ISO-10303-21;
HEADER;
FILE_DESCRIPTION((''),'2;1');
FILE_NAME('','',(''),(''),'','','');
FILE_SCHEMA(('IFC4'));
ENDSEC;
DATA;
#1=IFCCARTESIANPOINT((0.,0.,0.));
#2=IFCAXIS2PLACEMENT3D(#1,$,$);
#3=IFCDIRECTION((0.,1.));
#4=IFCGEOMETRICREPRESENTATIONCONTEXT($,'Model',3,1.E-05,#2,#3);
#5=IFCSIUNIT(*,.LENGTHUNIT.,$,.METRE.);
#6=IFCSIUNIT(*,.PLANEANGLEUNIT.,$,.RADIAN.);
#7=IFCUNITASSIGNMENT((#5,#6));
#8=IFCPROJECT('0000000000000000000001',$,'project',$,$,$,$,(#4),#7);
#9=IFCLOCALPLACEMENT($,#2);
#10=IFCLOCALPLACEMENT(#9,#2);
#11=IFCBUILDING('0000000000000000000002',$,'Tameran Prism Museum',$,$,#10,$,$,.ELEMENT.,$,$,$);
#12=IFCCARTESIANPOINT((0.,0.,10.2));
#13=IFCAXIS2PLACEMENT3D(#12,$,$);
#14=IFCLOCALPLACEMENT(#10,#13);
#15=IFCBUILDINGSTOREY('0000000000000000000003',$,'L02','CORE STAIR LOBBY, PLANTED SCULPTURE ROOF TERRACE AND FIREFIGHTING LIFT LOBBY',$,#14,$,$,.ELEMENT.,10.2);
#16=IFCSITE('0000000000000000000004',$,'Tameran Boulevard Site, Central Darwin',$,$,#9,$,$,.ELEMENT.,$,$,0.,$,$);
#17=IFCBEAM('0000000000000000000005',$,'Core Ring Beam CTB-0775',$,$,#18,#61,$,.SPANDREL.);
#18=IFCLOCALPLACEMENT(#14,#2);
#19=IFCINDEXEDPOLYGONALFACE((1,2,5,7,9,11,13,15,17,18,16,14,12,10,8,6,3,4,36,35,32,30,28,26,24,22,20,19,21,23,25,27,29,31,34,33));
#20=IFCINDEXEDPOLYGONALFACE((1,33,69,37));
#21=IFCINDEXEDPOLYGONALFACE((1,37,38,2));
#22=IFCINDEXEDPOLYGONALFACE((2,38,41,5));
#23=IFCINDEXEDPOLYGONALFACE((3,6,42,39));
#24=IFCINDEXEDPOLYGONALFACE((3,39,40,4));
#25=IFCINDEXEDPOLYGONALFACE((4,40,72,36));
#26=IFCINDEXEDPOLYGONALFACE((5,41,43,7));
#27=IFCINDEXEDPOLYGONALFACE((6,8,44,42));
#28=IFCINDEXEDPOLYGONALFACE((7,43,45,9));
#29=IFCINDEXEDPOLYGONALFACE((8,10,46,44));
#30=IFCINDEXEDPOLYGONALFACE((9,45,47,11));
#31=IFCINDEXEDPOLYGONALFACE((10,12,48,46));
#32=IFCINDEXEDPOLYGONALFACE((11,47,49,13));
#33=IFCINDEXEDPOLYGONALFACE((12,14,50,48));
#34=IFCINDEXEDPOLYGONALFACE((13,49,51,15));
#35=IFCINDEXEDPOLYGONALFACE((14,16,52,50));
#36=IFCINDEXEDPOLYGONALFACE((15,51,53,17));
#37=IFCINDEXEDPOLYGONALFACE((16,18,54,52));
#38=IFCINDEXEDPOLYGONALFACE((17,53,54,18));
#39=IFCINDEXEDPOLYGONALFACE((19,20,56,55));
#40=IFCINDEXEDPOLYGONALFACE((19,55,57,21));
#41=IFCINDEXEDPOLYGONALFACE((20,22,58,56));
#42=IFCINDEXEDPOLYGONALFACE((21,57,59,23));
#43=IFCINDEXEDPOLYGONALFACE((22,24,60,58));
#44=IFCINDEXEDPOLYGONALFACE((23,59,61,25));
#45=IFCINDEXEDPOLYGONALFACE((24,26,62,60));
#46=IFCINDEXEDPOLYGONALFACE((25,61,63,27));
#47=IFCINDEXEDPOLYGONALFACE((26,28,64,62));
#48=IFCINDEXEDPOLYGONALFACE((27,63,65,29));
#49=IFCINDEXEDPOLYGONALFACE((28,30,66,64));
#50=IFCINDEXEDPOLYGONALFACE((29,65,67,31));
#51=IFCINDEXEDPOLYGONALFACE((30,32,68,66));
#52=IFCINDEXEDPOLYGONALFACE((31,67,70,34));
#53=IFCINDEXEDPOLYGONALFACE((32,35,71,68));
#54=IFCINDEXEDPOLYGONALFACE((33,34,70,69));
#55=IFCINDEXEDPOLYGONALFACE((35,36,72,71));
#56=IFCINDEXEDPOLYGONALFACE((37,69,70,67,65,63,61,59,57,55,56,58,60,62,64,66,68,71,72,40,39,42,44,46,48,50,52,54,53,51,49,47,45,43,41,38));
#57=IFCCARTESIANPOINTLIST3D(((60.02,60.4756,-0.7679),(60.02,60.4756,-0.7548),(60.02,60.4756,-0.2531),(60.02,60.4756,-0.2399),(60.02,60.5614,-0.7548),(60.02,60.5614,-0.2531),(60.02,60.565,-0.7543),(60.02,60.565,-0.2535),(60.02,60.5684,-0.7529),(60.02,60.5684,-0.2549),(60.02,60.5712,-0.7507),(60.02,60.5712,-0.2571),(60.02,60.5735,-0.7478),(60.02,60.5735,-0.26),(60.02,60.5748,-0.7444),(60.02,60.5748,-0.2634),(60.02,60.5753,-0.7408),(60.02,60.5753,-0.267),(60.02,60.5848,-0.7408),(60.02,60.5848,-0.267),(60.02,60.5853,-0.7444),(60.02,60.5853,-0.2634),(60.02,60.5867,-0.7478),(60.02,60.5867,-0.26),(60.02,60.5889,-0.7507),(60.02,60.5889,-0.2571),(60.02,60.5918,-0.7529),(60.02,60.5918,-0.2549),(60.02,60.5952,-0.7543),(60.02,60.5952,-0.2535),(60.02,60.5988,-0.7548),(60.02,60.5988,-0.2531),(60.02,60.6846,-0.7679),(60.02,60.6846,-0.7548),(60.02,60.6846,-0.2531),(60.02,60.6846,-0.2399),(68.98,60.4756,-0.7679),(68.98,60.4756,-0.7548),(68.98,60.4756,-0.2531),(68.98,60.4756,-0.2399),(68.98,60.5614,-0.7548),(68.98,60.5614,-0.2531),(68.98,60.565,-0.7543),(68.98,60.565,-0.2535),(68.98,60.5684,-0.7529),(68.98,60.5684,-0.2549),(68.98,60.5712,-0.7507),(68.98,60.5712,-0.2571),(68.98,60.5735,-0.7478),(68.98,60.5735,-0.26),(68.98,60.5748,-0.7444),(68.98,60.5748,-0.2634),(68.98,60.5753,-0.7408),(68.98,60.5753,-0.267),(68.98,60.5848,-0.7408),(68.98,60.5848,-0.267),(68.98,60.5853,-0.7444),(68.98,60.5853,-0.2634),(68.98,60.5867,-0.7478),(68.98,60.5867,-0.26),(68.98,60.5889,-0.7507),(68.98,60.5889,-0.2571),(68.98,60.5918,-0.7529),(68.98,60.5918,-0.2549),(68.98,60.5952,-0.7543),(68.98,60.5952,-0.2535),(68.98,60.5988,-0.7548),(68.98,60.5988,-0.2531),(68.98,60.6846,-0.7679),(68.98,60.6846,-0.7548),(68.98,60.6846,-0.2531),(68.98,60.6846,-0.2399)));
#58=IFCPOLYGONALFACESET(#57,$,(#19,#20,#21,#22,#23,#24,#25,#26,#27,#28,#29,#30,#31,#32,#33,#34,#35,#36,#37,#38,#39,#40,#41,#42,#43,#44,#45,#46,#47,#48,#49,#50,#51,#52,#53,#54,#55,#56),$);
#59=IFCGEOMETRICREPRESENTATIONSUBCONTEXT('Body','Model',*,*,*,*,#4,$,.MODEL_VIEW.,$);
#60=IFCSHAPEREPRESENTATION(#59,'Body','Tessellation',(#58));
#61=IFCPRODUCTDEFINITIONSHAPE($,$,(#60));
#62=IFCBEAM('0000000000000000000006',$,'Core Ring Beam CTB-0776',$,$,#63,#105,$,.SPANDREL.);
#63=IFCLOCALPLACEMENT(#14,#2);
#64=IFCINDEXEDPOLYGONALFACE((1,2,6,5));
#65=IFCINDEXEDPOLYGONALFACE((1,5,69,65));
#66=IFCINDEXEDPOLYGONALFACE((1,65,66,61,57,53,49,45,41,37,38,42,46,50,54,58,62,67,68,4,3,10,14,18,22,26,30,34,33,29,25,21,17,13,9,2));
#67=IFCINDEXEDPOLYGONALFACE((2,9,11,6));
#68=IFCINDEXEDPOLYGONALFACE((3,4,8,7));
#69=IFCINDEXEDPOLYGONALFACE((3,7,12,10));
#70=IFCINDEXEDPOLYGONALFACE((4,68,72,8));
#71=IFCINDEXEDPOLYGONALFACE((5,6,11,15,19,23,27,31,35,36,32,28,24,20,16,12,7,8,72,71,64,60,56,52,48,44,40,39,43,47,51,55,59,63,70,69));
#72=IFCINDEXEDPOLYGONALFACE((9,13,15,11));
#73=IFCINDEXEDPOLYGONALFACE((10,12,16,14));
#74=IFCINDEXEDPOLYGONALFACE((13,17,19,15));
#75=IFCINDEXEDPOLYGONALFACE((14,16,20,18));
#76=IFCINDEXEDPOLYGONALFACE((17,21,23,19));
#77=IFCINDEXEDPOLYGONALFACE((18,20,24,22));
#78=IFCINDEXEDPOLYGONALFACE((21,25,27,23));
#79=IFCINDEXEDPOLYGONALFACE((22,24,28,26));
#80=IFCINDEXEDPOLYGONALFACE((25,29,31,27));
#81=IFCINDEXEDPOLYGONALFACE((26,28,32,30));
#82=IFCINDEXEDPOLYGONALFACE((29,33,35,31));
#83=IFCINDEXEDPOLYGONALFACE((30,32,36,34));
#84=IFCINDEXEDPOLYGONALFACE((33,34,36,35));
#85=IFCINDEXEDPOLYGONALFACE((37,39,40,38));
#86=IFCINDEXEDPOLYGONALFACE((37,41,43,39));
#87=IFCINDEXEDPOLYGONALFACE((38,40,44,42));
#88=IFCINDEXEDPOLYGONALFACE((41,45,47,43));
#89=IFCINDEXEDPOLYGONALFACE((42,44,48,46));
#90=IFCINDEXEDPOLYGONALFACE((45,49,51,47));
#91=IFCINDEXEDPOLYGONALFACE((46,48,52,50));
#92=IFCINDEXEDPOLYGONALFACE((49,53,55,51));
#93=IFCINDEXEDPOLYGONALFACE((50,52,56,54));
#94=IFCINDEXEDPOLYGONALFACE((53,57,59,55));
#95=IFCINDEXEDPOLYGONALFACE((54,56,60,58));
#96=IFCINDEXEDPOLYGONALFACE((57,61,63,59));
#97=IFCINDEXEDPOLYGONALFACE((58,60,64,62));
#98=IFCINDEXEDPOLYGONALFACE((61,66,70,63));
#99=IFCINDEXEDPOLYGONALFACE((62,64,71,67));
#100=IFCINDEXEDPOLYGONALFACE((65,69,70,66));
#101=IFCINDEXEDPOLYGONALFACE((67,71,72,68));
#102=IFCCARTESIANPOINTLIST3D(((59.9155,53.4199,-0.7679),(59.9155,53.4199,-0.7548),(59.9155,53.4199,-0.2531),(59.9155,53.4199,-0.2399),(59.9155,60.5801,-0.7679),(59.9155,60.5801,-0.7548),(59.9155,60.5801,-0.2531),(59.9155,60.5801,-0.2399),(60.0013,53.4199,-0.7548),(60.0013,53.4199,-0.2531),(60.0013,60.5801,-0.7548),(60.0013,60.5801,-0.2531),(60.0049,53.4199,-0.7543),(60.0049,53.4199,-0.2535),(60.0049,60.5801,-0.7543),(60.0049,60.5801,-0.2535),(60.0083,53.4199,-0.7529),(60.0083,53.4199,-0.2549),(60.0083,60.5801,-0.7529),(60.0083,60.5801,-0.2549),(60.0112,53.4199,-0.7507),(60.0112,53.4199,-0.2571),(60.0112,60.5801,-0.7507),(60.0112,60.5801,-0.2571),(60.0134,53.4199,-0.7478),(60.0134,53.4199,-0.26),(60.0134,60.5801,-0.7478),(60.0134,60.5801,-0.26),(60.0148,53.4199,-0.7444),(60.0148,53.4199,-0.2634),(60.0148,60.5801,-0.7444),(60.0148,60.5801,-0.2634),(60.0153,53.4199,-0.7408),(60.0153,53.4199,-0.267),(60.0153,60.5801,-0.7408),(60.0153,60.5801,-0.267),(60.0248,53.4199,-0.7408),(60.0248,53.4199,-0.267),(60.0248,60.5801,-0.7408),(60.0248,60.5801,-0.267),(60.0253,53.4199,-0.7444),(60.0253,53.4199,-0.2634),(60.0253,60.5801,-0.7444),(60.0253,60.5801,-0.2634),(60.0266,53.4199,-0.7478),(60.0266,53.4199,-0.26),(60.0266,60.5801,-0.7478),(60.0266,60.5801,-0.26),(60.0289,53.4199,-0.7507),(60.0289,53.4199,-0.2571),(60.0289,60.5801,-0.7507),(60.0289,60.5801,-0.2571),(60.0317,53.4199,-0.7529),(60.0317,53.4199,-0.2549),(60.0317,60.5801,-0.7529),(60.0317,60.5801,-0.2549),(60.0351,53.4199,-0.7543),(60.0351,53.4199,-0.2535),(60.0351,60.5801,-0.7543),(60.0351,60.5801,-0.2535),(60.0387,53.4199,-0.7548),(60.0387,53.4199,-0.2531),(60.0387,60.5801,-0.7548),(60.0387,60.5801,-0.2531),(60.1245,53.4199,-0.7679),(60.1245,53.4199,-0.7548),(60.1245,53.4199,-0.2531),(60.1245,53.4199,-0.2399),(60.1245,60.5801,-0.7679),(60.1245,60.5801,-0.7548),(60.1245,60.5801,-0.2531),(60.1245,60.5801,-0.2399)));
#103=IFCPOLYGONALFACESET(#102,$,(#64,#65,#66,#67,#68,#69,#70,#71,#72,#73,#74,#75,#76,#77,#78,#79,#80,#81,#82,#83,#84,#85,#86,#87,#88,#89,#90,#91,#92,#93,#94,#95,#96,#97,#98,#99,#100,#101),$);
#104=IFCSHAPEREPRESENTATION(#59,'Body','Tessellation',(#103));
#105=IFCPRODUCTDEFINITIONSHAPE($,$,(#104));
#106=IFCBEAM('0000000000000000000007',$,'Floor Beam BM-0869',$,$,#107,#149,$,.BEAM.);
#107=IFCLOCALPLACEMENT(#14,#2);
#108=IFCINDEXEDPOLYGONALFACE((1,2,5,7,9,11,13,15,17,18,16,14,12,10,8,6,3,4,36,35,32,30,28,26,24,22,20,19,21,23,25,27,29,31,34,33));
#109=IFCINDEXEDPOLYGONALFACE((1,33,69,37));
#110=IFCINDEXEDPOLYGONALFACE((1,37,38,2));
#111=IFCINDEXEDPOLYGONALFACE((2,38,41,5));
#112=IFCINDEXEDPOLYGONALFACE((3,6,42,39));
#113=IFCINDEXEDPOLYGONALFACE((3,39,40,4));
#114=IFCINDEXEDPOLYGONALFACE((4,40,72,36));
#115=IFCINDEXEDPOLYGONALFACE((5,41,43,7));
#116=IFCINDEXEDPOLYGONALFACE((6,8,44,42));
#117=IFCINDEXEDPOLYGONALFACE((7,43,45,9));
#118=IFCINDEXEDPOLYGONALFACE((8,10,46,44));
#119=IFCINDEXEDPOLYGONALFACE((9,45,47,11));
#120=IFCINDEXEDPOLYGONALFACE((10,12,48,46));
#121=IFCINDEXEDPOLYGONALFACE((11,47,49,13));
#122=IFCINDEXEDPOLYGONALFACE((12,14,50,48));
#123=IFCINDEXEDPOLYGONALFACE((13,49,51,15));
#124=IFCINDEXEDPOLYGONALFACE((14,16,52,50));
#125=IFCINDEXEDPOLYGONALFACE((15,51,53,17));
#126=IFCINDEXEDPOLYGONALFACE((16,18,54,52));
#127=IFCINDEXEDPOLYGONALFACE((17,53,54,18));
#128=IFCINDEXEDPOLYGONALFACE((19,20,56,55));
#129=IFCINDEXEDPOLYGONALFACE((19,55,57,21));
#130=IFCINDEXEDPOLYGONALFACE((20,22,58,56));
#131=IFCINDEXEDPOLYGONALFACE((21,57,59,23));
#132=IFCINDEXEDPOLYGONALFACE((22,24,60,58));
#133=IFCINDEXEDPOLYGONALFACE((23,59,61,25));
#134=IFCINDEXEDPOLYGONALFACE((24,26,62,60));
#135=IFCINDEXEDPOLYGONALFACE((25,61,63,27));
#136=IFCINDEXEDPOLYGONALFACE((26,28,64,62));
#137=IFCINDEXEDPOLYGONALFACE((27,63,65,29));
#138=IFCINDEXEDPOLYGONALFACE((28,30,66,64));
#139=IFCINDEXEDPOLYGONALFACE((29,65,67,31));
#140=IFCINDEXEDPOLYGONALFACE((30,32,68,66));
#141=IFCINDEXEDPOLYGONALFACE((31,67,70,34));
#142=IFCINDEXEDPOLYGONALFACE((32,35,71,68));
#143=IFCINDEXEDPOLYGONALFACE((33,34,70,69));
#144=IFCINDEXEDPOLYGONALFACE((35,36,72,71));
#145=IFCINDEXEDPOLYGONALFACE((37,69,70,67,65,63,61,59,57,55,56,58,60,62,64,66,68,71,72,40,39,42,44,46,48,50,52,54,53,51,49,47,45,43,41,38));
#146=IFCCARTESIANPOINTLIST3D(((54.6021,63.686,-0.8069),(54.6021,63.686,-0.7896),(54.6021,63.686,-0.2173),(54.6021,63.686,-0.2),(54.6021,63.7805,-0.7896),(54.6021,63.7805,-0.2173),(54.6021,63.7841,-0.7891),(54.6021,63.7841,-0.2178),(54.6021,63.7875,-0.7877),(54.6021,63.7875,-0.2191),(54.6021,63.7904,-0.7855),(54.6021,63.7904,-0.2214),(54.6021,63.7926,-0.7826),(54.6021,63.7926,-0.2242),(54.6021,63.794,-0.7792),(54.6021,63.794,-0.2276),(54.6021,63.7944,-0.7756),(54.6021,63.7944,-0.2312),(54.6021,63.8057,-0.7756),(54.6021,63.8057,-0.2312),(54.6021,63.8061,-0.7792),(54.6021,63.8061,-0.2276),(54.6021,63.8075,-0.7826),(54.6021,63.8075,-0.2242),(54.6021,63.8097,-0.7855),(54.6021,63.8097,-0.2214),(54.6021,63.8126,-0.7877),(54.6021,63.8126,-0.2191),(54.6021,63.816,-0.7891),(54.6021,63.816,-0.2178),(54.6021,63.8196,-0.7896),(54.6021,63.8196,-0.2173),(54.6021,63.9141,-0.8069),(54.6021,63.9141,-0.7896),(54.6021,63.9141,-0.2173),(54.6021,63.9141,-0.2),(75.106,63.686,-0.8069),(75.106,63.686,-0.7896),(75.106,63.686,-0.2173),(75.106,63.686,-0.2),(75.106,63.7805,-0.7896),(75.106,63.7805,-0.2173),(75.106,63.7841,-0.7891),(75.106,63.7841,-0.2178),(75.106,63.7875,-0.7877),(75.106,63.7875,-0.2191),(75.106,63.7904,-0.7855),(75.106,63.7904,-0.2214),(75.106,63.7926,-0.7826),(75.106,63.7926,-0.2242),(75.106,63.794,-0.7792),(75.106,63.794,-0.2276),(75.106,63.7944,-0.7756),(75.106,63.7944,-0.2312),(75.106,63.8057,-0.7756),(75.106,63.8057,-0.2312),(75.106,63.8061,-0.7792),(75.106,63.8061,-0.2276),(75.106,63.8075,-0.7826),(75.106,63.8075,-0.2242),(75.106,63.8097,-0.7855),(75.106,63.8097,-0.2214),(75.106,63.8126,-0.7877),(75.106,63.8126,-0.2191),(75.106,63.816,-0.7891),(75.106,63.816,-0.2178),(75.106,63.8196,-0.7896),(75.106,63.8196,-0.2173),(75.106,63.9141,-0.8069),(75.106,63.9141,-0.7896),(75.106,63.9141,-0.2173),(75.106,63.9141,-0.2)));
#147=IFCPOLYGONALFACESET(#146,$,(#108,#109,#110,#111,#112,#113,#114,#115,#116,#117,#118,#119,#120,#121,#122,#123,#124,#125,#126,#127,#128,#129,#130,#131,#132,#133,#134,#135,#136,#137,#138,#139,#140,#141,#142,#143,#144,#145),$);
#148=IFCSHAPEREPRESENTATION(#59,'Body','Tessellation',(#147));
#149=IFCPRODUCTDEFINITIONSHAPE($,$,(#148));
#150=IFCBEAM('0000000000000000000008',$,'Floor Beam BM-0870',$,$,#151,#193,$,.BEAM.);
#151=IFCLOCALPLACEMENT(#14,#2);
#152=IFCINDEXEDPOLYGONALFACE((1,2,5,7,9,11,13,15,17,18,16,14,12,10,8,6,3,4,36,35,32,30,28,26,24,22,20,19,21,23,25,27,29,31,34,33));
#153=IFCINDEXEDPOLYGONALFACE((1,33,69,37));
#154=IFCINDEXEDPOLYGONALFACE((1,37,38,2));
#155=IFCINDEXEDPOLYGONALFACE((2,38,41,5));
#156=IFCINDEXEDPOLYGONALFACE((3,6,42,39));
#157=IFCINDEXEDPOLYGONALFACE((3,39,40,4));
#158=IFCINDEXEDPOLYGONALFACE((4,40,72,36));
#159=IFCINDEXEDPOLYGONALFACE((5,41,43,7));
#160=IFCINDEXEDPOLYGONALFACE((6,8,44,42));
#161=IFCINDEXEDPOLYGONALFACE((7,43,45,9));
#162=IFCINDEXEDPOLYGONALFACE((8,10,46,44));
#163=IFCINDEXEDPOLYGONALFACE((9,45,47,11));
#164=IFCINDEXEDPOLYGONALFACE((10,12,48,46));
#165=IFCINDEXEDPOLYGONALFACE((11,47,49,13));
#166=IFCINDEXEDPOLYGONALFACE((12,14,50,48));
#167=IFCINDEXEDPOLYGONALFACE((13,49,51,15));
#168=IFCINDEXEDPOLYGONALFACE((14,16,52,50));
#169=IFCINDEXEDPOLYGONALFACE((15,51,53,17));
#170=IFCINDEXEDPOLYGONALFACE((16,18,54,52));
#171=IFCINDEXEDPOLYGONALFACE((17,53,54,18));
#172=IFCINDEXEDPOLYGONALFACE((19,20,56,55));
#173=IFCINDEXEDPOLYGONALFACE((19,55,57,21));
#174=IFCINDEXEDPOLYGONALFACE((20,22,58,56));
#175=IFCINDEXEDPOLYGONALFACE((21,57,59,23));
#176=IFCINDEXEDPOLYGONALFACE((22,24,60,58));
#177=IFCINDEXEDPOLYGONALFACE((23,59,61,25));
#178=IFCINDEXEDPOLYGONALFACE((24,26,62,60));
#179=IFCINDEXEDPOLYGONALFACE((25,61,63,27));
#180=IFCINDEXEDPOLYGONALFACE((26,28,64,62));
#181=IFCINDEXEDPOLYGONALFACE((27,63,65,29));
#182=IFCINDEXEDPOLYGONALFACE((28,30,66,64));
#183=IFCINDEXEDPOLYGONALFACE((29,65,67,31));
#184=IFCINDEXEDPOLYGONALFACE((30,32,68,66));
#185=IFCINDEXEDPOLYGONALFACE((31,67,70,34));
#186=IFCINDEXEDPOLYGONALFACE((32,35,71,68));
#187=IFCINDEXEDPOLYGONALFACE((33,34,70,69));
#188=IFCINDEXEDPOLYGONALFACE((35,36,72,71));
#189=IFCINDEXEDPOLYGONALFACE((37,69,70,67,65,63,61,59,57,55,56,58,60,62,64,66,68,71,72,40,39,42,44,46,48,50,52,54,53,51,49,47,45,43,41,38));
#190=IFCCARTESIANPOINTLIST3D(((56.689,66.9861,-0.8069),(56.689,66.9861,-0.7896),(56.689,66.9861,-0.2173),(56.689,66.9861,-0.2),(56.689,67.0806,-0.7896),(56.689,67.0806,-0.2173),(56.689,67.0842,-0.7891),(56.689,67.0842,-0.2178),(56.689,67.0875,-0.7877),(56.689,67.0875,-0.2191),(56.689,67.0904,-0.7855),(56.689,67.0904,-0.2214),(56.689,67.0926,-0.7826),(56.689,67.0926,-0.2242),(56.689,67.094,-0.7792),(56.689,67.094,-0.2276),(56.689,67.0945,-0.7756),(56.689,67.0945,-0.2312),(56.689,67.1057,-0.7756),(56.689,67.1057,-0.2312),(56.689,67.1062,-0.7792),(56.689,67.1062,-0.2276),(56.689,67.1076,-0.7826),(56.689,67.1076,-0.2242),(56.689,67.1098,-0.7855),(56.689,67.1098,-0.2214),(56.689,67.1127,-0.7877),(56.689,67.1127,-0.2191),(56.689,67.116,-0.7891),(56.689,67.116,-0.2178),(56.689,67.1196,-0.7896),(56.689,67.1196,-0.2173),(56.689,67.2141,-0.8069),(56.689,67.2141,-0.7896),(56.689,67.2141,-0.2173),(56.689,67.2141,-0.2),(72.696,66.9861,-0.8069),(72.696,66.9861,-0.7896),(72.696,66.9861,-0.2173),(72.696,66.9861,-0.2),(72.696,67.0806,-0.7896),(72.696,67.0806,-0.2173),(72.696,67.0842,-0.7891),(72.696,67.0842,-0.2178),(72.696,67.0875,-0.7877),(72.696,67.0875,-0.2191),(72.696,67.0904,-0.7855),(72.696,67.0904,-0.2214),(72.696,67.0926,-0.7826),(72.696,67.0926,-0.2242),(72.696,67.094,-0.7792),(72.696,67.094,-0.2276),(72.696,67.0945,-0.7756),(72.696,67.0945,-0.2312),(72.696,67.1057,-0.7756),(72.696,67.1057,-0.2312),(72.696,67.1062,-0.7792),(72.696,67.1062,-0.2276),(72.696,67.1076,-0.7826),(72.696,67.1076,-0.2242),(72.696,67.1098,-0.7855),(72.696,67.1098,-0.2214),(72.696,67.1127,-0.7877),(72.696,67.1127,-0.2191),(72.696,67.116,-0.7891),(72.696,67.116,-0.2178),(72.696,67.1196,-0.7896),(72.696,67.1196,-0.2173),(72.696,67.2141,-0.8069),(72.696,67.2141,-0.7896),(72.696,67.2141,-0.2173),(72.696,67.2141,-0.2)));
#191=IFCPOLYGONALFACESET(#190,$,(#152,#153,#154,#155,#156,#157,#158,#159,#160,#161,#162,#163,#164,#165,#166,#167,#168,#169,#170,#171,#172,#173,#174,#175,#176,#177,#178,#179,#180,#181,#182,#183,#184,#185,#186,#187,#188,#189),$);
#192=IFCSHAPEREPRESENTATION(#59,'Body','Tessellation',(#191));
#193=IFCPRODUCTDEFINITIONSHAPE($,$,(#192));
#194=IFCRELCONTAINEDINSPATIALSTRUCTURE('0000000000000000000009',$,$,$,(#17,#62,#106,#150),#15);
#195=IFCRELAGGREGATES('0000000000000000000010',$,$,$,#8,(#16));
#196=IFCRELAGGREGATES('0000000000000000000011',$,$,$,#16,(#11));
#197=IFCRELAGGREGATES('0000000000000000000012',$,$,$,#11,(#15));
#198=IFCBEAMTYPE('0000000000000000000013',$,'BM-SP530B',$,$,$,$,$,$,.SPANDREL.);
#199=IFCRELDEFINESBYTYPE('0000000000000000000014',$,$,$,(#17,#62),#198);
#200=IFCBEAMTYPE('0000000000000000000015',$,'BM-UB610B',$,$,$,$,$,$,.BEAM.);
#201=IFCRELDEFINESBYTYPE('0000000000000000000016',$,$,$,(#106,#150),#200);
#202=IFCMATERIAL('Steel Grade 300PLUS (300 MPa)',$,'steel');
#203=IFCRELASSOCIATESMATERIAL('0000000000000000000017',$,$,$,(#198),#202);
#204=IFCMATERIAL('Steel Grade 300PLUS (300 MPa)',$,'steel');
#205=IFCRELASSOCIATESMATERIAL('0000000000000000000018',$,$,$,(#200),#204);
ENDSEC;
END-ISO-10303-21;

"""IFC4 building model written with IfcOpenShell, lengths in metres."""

from ifc_helpers import new_model, si_unit, direction, frame, origin, origin_2d, place, context, subcontext, project, spatial, i_section, extrude, material, material_profile, profile_set, type_object, element, save


model = new_model("IFC4")

# Units and contexts
model_context = context("Model", 3, precision=1e-05, world=origin(), true_north=direction((0.0, 1.0)))
body_context = subcontext(model_context, "Body", "Model", "MODEL_VIEW")
ifc_project = project(units=[si_unit("LENGTHUNIT", "METRE"), si_unit("PLANEANGLEUNIT", "RADIAN")], contexts=[model_context])

# Site, building, storey
site_placement = place(None, origin())
site = spatial("IfcSite", under=ifc_project, at=site_placement, Name="Tameran Boulevard Site, Central Darwin", CompositionType="ELEMENT", RefElevation=0.0)
building_placement = place(site_placement, origin())
building = spatial("IfcBuilding", under=site, at=building_placement, Name="Tameran Prism Museum", CompositionType="ELEMENT")
storey_placement = place(building_placement, frame((0.0, 0.0, 10.2)))
storey = spatial("IfcBuildingStorey", under=building, at=storey_placement, Name="L02", Description="CORE STAIR LOBBY, PLANTED SCULPTURE ROOF TERRACE AND FIREFIGHTING LIFT LOBBY", CompositionType="ELEMENT", Elevation=10.2)

# Beams
ifc_material_1 = material(Name="Steel Grade 300PLUS (300 MPa)", Category="steel")
ifc_material_profile_1 = material_profile(ifc_material_1, i_section(OverallWidth=0.209, OverallDepth=0.5281, WebThickness=0.0095, FlangeThickness=0.0132, FilletRadius=0.0139, at=origin_2d()))
ifc_profile_set_1 = profile_set([ifc_material_profile_1])
beam_type_1 = type_object("IfcBeamType", Name="BM-SP530B", PredefinedType="SPANDREL", material=ifc_profile_set_1)
beam_1_placement = place(storey_placement, frame((68.98, 60.5801, -0.5039), z_axis=(-1.0, 0.0, 0.0), x_axis=(0.0, -1.0, 0.0)))
element("IfcBeam", 1, at=beam_1_placement, inside=storey, type_object=beam_type_1, Name="Core Ring Beam CTB-0775", PredefinedType="SPANDREL", context=body_context, shape_type="SweptSolid", body=[
    extrude(i_section(OverallWidth=0.209, OverallDepth=0.5281, WebThickness=0.0095, FlangeThickness=0.0132, FilletRadius=0.0139, at=origin_2d()), origin(), (0.0, 0.0, 1.0), 8.96),
])
beam_2_placement = place(storey_placement, frame((60.02, 60.5801, -0.5039), z_axis=(0.0, -1.0, 0.0), x_axis=(1.0, 0.0, 0.0)))
element("IfcBeam", 2, at=beam_2_placement, inside=storey, type_object=beam_type_1, Name="Core Ring Beam CTB-0776", PredefinedType="SPANDREL", context=body_context, shape_type="SweptSolid", body=[
    extrude(i_section(OverallWidth=0.209, OverallDepth=0.5281, WebThickness=0.0095, FlangeThickness=0.0132, FilletRadius=0.0139, at=origin_2d()), origin(), (0.0, 0.0, 1.0), 7.1602),
])
ifc_material_2 = material(Name="Steel Grade 300PLUS (300 MPa)", Category="steel")
ifc_material_profile_2 = material_profile(ifc_material_2, i_section(OverallWidth=0.228, OverallDepth=0.6069, WebThickness=0.0112, FlangeThickness=0.0173, FilletRadius=0.0139, at=origin_2d()))
ifc_profile_set_2 = profile_set([ifc_material_profile_2])
beam_type_2 = type_object("IfcBeamType", Name="BM-UB610B", PredefinedType="BEAM", material=ifc_profile_set_2)
beam_3_placement = place(storey_placement, frame((54.6021, 63.8, -0.5034), z_axis=(1.0, 0.0, 0.0), x_axis=(0.0, 1.0, 0.0)))
element("IfcBeam", 3, at=beam_3_placement, inside=storey, type_object=beam_type_2, Name="Floor Beam BM-0869", PredefinedType="BEAM", context=body_context, shape_type="SweptSolid", body=[
    extrude(i_section(OverallWidth=0.228, OverallDepth=0.6069, WebThickness=0.0112, FlangeThickness=0.0173, FilletRadius=0.0139, at=origin_2d()), origin(), (0.0, 0.0, 1.0), 20.5039),
])
beam_4_placement = place(storey_placement, frame((56.689, 67.1001, -0.5034), z_axis=(1.0, 0.0, 0.0), x_axis=(0.0, 1.0, 0.0)))
element("IfcBeam", 4, at=beam_4_placement, inside=storey, type_object=beam_type_2, Name="Floor Beam BM-0870", PredefinedType="BEAM", context=body_context, shape_type="SweptSolid", body=[
    extrude(i_section(OverallWidth=0.228, OverallDepth=0.6069, WebThickness=0.0112, FlangeThickness=0.0173, FilletRadius=0.0139, at=origin_2d()), origin(), (0.0, 0.0, 1.0), 16.0071),
])

save(model, "model.ifc")
